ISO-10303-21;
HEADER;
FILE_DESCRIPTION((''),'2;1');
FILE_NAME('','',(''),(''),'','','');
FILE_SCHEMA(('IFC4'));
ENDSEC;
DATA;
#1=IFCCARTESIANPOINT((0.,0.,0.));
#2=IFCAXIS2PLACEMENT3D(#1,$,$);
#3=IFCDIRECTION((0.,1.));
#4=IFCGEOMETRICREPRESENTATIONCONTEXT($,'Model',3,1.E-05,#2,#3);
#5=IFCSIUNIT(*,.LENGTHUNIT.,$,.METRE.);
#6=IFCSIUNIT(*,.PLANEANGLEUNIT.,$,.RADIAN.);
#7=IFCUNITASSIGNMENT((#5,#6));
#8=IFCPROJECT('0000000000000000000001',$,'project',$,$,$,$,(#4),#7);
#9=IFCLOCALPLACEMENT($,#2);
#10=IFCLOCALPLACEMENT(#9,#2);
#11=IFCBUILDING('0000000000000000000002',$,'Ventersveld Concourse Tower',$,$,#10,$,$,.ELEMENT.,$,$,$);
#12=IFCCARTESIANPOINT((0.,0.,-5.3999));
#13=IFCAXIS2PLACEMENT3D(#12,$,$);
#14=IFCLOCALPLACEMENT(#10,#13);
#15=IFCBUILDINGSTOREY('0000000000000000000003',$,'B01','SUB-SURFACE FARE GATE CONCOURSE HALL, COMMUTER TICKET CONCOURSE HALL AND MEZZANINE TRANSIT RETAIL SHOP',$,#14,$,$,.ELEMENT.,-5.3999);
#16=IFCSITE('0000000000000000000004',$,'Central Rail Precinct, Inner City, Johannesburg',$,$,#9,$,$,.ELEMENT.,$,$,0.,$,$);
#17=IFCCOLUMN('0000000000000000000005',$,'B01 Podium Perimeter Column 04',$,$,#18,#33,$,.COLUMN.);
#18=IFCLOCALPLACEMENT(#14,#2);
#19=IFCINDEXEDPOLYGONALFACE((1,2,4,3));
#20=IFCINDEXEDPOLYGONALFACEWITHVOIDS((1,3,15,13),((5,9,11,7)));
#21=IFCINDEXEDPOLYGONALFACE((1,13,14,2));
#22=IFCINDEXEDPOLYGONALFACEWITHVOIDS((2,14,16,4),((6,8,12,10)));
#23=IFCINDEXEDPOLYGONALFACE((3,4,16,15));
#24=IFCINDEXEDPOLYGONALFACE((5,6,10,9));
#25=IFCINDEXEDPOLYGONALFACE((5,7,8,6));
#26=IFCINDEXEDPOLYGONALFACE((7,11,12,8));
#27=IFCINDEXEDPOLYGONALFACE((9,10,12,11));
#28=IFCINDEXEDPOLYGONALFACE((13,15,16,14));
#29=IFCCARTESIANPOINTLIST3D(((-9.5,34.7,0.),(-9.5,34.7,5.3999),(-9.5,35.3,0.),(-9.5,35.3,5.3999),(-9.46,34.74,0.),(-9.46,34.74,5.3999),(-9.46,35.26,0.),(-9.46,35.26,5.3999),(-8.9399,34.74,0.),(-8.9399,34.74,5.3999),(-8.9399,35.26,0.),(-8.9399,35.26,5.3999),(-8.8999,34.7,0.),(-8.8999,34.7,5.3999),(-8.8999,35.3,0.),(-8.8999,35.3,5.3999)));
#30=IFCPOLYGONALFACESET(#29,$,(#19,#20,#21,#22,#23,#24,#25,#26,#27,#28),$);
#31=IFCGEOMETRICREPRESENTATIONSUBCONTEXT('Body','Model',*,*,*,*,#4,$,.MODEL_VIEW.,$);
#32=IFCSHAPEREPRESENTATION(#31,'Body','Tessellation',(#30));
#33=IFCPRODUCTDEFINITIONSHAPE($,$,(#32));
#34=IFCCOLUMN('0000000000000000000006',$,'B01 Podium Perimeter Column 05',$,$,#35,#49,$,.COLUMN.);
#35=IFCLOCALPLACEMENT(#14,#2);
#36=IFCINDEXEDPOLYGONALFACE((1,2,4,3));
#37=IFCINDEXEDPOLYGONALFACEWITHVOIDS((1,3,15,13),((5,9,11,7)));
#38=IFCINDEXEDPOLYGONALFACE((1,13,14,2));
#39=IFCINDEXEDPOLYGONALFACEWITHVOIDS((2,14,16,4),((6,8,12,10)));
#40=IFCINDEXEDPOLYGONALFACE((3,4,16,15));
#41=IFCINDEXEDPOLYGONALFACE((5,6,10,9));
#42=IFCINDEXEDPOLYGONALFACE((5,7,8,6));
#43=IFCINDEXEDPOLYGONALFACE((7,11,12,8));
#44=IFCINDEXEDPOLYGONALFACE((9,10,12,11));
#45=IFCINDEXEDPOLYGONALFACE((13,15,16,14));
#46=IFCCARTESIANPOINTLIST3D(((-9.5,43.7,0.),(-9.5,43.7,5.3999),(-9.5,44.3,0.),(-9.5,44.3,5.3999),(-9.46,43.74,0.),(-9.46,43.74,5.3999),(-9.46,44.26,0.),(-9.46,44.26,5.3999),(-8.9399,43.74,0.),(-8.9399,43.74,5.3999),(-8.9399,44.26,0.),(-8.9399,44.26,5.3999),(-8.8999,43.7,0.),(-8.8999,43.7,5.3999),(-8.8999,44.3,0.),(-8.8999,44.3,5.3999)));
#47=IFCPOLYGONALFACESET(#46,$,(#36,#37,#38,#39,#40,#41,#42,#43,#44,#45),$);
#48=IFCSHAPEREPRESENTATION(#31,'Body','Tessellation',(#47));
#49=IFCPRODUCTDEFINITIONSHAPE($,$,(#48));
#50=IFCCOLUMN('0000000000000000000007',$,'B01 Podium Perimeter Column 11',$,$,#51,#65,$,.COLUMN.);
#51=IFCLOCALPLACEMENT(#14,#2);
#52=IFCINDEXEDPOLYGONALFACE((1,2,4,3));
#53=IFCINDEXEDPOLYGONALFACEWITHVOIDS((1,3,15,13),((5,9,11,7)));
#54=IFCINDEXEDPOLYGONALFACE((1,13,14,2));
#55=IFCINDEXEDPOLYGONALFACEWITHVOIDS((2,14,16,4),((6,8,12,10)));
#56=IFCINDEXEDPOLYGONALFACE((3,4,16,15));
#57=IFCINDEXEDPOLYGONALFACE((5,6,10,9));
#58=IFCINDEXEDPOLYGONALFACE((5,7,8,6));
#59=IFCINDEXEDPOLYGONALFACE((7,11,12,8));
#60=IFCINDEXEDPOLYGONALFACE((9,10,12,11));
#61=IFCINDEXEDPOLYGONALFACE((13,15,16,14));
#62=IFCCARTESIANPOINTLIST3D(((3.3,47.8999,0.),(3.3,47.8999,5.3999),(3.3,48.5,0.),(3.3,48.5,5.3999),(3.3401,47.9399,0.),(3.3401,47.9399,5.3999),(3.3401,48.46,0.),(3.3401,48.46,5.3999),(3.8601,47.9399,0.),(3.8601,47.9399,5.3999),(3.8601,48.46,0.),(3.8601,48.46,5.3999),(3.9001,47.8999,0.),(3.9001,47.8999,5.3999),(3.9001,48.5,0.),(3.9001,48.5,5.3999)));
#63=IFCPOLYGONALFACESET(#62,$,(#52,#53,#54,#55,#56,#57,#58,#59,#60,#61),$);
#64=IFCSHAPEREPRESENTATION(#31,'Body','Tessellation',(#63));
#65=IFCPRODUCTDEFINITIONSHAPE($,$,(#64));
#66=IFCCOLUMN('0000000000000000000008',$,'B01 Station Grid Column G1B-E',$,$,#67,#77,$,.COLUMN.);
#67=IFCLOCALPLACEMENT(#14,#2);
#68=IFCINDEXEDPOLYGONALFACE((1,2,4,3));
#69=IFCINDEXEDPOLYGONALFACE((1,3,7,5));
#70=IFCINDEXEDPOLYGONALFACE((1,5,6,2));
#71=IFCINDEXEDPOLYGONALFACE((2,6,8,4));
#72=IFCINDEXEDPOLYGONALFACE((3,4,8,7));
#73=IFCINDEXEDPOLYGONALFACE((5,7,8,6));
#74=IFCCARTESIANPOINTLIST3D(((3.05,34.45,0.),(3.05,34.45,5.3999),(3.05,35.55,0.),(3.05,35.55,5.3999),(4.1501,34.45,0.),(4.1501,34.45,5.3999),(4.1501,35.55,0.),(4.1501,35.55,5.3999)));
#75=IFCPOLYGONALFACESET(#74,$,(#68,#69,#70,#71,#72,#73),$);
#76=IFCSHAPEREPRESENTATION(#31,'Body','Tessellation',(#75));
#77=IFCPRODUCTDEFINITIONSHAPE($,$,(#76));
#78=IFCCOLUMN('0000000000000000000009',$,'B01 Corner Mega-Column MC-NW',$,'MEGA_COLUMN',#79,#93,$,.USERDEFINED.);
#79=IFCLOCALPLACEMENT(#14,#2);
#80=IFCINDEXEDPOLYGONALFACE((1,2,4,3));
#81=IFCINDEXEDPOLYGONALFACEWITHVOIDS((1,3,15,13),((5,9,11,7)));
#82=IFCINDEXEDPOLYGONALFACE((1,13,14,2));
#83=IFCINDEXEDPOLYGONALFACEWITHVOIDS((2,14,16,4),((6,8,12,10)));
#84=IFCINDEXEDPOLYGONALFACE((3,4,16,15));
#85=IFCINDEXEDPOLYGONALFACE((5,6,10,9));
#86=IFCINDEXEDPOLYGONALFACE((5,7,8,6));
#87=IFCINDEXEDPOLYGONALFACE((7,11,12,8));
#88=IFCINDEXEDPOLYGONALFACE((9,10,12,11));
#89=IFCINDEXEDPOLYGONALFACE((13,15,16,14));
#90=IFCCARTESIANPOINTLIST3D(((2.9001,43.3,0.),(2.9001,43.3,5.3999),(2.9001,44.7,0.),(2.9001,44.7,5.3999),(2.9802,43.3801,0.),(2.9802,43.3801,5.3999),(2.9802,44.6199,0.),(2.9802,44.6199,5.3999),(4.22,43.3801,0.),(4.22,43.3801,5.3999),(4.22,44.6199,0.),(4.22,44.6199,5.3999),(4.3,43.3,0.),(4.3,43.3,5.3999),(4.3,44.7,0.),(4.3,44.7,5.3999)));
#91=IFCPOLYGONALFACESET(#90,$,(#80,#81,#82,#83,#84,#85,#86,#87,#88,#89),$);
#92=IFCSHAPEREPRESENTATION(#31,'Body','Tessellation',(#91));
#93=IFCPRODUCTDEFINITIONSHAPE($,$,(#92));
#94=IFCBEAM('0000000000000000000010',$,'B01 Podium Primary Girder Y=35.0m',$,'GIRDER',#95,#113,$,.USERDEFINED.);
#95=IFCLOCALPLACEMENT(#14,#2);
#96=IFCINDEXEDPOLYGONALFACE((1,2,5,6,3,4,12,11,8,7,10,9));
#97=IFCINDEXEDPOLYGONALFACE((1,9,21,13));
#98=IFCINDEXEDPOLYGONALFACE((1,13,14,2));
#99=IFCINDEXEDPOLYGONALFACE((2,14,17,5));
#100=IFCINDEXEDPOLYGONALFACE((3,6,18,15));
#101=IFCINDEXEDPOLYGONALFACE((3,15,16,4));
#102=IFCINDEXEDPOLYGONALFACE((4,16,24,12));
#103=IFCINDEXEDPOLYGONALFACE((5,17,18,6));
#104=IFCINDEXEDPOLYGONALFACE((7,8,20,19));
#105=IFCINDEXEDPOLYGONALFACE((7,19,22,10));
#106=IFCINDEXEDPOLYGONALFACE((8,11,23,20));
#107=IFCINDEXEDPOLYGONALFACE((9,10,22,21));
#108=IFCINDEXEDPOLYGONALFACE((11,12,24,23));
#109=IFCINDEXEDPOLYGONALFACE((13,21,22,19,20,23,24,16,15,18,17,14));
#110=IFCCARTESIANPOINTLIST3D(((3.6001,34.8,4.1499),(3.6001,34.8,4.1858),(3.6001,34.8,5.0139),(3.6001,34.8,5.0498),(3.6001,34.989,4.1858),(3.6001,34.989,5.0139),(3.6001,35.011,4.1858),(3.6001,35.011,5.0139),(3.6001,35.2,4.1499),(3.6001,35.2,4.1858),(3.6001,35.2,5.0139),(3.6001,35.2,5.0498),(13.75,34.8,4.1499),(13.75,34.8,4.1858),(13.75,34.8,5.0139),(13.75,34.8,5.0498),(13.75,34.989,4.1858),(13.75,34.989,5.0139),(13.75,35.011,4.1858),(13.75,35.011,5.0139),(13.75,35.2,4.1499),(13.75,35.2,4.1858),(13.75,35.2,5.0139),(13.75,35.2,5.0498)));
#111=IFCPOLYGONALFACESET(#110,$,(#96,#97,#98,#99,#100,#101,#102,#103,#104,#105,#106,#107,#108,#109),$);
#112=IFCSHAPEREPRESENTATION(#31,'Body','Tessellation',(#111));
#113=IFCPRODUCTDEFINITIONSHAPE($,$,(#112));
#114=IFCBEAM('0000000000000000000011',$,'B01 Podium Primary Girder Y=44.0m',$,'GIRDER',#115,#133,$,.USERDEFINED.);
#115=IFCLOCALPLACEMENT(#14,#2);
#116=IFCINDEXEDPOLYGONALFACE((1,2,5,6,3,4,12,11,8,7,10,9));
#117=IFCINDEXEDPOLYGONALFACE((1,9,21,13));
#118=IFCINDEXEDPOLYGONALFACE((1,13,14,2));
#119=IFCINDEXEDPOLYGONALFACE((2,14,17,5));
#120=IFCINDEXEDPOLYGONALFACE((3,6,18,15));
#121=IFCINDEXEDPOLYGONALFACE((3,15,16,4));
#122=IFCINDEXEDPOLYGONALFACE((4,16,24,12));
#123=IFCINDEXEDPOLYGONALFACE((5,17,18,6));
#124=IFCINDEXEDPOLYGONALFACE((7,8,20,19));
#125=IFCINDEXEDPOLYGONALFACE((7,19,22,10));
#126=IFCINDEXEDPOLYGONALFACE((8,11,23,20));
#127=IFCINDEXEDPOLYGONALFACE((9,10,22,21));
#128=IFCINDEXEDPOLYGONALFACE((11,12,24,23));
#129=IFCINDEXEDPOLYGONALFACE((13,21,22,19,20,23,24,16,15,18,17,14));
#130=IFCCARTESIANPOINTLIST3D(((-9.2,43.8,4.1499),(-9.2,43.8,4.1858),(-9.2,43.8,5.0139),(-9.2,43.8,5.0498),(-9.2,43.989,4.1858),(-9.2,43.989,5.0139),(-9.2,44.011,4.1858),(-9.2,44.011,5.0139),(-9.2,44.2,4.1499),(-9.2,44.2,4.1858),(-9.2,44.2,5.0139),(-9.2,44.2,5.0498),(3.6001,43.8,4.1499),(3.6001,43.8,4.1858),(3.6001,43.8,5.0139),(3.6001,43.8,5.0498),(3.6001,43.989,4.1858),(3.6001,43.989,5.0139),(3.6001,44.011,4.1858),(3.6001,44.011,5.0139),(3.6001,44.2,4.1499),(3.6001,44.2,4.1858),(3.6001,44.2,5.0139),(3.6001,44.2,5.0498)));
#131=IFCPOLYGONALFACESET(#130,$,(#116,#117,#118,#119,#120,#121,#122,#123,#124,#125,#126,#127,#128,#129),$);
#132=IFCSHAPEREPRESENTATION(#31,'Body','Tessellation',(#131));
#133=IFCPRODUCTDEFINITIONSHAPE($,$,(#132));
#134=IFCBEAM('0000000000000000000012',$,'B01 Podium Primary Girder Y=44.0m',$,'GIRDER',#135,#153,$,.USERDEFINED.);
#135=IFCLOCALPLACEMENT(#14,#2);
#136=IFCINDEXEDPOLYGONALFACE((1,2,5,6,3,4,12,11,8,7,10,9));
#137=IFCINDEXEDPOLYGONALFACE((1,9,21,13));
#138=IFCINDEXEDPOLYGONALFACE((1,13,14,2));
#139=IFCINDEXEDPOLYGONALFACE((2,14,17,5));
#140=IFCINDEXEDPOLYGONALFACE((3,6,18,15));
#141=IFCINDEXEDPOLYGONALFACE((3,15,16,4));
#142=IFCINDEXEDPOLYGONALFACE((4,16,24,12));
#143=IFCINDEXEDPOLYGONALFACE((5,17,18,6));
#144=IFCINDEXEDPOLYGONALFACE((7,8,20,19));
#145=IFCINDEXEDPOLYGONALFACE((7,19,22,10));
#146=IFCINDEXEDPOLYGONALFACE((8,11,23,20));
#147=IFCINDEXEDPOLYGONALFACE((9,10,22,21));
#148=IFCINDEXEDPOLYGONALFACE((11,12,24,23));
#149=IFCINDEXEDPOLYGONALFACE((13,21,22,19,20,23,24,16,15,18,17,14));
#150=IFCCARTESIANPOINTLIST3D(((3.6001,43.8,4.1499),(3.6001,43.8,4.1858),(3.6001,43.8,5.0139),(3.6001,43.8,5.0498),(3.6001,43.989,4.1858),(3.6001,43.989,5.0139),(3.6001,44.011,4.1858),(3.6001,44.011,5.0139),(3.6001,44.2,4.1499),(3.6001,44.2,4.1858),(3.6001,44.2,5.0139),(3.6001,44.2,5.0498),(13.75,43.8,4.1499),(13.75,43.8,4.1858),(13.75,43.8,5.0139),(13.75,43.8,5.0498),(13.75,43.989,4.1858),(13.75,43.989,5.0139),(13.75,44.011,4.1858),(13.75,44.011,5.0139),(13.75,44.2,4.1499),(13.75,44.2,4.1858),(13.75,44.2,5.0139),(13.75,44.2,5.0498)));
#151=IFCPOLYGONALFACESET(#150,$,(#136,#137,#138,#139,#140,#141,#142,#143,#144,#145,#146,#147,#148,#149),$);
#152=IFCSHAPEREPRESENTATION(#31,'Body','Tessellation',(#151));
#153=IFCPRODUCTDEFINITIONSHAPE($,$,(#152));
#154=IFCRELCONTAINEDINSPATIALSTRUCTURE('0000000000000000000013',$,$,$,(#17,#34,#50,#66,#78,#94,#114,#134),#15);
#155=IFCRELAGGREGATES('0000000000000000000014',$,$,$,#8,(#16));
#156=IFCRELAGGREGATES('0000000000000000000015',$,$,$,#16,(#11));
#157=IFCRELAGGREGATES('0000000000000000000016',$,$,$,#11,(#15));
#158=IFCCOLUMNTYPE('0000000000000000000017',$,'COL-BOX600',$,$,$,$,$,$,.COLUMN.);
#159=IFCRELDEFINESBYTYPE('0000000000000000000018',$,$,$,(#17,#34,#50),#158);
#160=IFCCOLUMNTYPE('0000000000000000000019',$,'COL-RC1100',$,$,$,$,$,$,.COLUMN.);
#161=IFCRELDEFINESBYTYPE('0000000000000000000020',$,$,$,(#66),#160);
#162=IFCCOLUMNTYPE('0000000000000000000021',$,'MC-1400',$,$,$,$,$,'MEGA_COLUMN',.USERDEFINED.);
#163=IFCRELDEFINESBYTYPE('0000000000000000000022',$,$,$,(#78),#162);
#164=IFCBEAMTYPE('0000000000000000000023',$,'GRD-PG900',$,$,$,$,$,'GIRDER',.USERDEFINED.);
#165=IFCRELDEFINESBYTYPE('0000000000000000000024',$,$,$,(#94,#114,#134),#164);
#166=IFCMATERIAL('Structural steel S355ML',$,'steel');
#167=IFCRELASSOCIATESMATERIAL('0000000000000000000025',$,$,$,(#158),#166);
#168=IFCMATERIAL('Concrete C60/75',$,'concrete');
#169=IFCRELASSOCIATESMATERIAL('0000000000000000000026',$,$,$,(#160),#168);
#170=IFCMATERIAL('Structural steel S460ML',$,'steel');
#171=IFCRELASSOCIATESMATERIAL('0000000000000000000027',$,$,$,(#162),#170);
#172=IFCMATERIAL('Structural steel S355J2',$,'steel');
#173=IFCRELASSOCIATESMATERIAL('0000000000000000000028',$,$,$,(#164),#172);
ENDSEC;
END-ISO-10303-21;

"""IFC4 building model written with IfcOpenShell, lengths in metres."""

from ifc_helpers import new_model, si_unit, direction, frame, origin, origin_2d, place, context, subcontext, project, spatial, rectangle, hollow_rectangle, i_section, extrude, material, material_profile, profile_set, type_object, element, save


model = new_model("IFC4")

# Units and contexts
model_context = context("Model", 3, precision=1e-05, world=origin(), true_north=direction((0.0, 1.0)))
body_context = subcontext(model_context, "Body", "Model", "MODEL_VIEW")
ifc_project = project(units=[si_unit("LENGTHUNIT", "METRE"), si_unit("PLANEANGLEUNIT", "RADIAN")], contexts=[model_context])

# Site, building, storey
site_placement = place(None, origin())
site = spatial("IfcSite", under=ifc_project, at=site_placement, Name="Central Rail Precinct, Inner City, Johannesburg", CompositionType="ELEMENT", RefElevation=0.0)
building_placement = place(site_placement, origin())
building = spatial("IfcBuilding", under=site, at=building_placement, Name="Ventersveld Concourse Tower", CompositionType="ELEMENT")
storey_placement = place(building_placement, frame((0.0, 0.0, -5.3999)))
storey = spatial("IfcBuildingStorey", under=building, at=storey_placement, Name="B01", Description="SUB-SURFACE FARE GATE CONCOURSE HALL, COMMUTER TICKET CONCOURSE HALL AND MEZZANINE TRANSIT RETAIL SHOP", CompositionType="ELEMENT", Elevation=-5.3999)

# Columns
ifc_material_1 = material(Name="Structural steel S355ML", Category="steel")
ifc_material_profile_1 = material_profile(ifc_material_1, hollow_rectangle(XDim=0.6001, YDim=0.6001, WallThickness=0.04, at=origin_2d()), Name="BOX 600x600x40")
ifc_profile_set_1 = profile_set([ifc_material_profile_1], Name="Structural steel S355ML")
column_type_1 = type_object("IfcColumnType", Name="COL-BOX600", PredefinedType="COLUMN", material=ifc_profile_set_1)
for number, where, z_axis, x_axis, name in (
    (1, (-9.2, 35.0, 0.0), (0.0, 0.0, 1.0), (1.0, 0.0, 0.0), "B01 Podium Perimeter Column 04"),
    (2, (-9.2, 44.0, 0.0), (0.0, 0.0, 1.0), (1.0, 0.0, 0.0), "B01 Podium Perimeter Column 05"),
    (3, (3.6001, 48.2, 0.0), (0.0, 0.0, 1.0), (1.0, 0.0, 0.0), "B01 Podium Perimeter Column 11"),
):
    element("IfcColumn", number, at=place(storey_placement, frame(where, z_axis=z_axis, x_axis=x_axis)), inside=storey, type_object=column_type_1, Name=name, PredefinedType="COLUMN", context=body_context, shape_type="SweptSolid", body=[
        extrude(hollow_rectangle(XDim=0.6001, YDim=0.6001, WallThickness=0.04, at=origin_2d()), origin(), (0.0, 0.0, 1.0), 5.3999),
    ])
ifc_material_2 = material(Name="Concrete C60/75", Category="concrete")
ifc_material_profile_2 = material_profile(ifc_material_2, rectangle(XDim=1.1001, YDim=1.1001, at=origin_2d()), Name="RC 1100x1100")
ifc_profile_set_2 = profile_set([ifc_material_profile_2], Name="Concrete C60/75")
column_type_2 = type_object("IfcColumnType", Name="COL-RC1100", PredefinedType="COLUMN", material=ifc_profile_set_2)
column_1_placement = place(storey_placement, frame((3.6001, 35.0, 0.0), z_axis=(0.0, 0.0, 1.0), x_axis=(1.0, 0.0, 0.0)))
element("IfcColumn", 4, at=column_1_placement, inside=storey, type_object=column_type_2, Name="B01 Station Grid Column G1B-E", PredefinedType="COLUMN", context=body_context, shape_type="SweptSolid", body=[
    extrude(rectangle(XDim=1.1001, YDim=1.1001, at=origin_2d()), origin(), (0.0, 0.0, 1.0), 5.3999),
])
ifc_material_3 = material(Name="Structural steel S460ML", Category="steel")
ifc_material_profile_3 = material_profile(ifc_material_3, hollow_rectangle(XDim=1.3999, YDim=1.3999, WallThickness=0.0801, at=origin_2d()), Name="BOX 1400x1400x80")
ifc_profile_set_3 = profile_set([ifc_material_profile_3], Name="Structural steel S460ML")
column_type_3 = type_object("IfcColumnType", Name="MC-1400", ElementType="MEGA_COLUMN", PredefinedType="USERDEFINED", material=ifc_profile_set_3)
column_2_placement = place(storey_placement, frame((3.6001, 44.0, 0.0), z_axis=(0.0, 0.0, 1.0), x_axis=(1.0, 0.0, 0.0)))
element("IfcColumn", 5, at=column_2_placement, inside=storey, type_object=column_type_3, Name="B01 Corner Mega-Column MC-NW", ObjectType="MEGA_COLUMN", PredefinedType="USERDEFINED", context=body_context, shape_type="SweptSolid", body=[
    extrude(hollow_rectangle(XDim=1.3999, YDim=1.3999, WallThickness=0.0801, at=origin_2d()), origin(), (0.0, 0.0, 1.0), 5.3999),
])

# Beams
ifc_material_4 = material(Name="Structural steel S355J2", Category="steel")
ifc_material_profile_4 = material_profile(ifc_material_4, i_section(OverallWidth=0.3999, OverallDepth=0.8999, WebThickness=0.022, FlangeThickness=0.0359, at=origin_2d()), Name="PG 900x400x36")
ifc_profile_set_4 = profile_set([ifc_material_profile_4], Name="Structural steel S355J2")
beam_type_1 = type_object("IfcBeamType", Name="GRD-PG900", ElementType="GIRDER", PredefinedType="USERDEFINED", material=ifc_profile_set_4)
beam_1_placement = place(storey_placement, frame((3.6001, 35.0, 4.5999), z_axis=(1.0, 0.0, 0.0), x_axis=(0.0, 1.0, 0.0)))
element("IfcBeam", 6, at=beam_1_placement, inside=storey, type_object=beam_type_1, Name="B01 Podium Primary Girder Y=35.0m", ObjectType="GIRDER", PredefinedType="USERDEFINED", context=body_context, shape_type="SweptSolid", body=[
    extrude(i_section(OverallWidth=0.3999, OverallDepth=0.8999, WebThickness=0.022, FlangeThickness=0.0359, at=origin_2d()), origin(), (0.0, 0.0, 1.0), 10.1499),
])
beam_2_placement = place(storey_placement, frame((-9.2, 44.0, 4.5999), z_axis=(1.0, 0.0, 0.0), x_axis=(0.0, 1.0, 0.0)))
element("IfcBeam", 7, at=beam_2_placement, inside=storey, type_object=beam_type_1, Name="B01 Podium Primary Girder Y=44.0m", ObjectType="GIRDER", PredefinedType="USERDEFINED", context=body_context, shape_type="SweptSolid", body=[
    extrude(i_section(OverallWidth=0.3999, OverallDepth=0.8999, WebThickness=0.022, FlangeThickness=0.0359, at=origin_2d()), origin(), (0.0, 0.0, 1.0), 12.8),
])
beam_3_placement = place(storey_placement, frame((3.6001, 44.0, 4.5999), z_axis=(1.0, 0.0, 0.0), x_axis=(0.0, 1.0, 0.0)))
element("IfcBeam", 8, at=beam_3_placement, inside=storey, type_object=beam_type_1, Name="B01 Podium Primary Girder Y=44.0m", ObjectType="GIRDER", PredefinedType="USERDEFINED", context=body_context, shape_type="SweptSolid", body=[
    extrude(i_section(OverallWidth=0.3999, OverallDepth=0.8999, WebThickness=0.022, FlangeThickness=0.0359, at=origin_2d()), origin(), (0.0, 0.0, 1.0), 10.1499),
])

save(model, "model.ifc")
